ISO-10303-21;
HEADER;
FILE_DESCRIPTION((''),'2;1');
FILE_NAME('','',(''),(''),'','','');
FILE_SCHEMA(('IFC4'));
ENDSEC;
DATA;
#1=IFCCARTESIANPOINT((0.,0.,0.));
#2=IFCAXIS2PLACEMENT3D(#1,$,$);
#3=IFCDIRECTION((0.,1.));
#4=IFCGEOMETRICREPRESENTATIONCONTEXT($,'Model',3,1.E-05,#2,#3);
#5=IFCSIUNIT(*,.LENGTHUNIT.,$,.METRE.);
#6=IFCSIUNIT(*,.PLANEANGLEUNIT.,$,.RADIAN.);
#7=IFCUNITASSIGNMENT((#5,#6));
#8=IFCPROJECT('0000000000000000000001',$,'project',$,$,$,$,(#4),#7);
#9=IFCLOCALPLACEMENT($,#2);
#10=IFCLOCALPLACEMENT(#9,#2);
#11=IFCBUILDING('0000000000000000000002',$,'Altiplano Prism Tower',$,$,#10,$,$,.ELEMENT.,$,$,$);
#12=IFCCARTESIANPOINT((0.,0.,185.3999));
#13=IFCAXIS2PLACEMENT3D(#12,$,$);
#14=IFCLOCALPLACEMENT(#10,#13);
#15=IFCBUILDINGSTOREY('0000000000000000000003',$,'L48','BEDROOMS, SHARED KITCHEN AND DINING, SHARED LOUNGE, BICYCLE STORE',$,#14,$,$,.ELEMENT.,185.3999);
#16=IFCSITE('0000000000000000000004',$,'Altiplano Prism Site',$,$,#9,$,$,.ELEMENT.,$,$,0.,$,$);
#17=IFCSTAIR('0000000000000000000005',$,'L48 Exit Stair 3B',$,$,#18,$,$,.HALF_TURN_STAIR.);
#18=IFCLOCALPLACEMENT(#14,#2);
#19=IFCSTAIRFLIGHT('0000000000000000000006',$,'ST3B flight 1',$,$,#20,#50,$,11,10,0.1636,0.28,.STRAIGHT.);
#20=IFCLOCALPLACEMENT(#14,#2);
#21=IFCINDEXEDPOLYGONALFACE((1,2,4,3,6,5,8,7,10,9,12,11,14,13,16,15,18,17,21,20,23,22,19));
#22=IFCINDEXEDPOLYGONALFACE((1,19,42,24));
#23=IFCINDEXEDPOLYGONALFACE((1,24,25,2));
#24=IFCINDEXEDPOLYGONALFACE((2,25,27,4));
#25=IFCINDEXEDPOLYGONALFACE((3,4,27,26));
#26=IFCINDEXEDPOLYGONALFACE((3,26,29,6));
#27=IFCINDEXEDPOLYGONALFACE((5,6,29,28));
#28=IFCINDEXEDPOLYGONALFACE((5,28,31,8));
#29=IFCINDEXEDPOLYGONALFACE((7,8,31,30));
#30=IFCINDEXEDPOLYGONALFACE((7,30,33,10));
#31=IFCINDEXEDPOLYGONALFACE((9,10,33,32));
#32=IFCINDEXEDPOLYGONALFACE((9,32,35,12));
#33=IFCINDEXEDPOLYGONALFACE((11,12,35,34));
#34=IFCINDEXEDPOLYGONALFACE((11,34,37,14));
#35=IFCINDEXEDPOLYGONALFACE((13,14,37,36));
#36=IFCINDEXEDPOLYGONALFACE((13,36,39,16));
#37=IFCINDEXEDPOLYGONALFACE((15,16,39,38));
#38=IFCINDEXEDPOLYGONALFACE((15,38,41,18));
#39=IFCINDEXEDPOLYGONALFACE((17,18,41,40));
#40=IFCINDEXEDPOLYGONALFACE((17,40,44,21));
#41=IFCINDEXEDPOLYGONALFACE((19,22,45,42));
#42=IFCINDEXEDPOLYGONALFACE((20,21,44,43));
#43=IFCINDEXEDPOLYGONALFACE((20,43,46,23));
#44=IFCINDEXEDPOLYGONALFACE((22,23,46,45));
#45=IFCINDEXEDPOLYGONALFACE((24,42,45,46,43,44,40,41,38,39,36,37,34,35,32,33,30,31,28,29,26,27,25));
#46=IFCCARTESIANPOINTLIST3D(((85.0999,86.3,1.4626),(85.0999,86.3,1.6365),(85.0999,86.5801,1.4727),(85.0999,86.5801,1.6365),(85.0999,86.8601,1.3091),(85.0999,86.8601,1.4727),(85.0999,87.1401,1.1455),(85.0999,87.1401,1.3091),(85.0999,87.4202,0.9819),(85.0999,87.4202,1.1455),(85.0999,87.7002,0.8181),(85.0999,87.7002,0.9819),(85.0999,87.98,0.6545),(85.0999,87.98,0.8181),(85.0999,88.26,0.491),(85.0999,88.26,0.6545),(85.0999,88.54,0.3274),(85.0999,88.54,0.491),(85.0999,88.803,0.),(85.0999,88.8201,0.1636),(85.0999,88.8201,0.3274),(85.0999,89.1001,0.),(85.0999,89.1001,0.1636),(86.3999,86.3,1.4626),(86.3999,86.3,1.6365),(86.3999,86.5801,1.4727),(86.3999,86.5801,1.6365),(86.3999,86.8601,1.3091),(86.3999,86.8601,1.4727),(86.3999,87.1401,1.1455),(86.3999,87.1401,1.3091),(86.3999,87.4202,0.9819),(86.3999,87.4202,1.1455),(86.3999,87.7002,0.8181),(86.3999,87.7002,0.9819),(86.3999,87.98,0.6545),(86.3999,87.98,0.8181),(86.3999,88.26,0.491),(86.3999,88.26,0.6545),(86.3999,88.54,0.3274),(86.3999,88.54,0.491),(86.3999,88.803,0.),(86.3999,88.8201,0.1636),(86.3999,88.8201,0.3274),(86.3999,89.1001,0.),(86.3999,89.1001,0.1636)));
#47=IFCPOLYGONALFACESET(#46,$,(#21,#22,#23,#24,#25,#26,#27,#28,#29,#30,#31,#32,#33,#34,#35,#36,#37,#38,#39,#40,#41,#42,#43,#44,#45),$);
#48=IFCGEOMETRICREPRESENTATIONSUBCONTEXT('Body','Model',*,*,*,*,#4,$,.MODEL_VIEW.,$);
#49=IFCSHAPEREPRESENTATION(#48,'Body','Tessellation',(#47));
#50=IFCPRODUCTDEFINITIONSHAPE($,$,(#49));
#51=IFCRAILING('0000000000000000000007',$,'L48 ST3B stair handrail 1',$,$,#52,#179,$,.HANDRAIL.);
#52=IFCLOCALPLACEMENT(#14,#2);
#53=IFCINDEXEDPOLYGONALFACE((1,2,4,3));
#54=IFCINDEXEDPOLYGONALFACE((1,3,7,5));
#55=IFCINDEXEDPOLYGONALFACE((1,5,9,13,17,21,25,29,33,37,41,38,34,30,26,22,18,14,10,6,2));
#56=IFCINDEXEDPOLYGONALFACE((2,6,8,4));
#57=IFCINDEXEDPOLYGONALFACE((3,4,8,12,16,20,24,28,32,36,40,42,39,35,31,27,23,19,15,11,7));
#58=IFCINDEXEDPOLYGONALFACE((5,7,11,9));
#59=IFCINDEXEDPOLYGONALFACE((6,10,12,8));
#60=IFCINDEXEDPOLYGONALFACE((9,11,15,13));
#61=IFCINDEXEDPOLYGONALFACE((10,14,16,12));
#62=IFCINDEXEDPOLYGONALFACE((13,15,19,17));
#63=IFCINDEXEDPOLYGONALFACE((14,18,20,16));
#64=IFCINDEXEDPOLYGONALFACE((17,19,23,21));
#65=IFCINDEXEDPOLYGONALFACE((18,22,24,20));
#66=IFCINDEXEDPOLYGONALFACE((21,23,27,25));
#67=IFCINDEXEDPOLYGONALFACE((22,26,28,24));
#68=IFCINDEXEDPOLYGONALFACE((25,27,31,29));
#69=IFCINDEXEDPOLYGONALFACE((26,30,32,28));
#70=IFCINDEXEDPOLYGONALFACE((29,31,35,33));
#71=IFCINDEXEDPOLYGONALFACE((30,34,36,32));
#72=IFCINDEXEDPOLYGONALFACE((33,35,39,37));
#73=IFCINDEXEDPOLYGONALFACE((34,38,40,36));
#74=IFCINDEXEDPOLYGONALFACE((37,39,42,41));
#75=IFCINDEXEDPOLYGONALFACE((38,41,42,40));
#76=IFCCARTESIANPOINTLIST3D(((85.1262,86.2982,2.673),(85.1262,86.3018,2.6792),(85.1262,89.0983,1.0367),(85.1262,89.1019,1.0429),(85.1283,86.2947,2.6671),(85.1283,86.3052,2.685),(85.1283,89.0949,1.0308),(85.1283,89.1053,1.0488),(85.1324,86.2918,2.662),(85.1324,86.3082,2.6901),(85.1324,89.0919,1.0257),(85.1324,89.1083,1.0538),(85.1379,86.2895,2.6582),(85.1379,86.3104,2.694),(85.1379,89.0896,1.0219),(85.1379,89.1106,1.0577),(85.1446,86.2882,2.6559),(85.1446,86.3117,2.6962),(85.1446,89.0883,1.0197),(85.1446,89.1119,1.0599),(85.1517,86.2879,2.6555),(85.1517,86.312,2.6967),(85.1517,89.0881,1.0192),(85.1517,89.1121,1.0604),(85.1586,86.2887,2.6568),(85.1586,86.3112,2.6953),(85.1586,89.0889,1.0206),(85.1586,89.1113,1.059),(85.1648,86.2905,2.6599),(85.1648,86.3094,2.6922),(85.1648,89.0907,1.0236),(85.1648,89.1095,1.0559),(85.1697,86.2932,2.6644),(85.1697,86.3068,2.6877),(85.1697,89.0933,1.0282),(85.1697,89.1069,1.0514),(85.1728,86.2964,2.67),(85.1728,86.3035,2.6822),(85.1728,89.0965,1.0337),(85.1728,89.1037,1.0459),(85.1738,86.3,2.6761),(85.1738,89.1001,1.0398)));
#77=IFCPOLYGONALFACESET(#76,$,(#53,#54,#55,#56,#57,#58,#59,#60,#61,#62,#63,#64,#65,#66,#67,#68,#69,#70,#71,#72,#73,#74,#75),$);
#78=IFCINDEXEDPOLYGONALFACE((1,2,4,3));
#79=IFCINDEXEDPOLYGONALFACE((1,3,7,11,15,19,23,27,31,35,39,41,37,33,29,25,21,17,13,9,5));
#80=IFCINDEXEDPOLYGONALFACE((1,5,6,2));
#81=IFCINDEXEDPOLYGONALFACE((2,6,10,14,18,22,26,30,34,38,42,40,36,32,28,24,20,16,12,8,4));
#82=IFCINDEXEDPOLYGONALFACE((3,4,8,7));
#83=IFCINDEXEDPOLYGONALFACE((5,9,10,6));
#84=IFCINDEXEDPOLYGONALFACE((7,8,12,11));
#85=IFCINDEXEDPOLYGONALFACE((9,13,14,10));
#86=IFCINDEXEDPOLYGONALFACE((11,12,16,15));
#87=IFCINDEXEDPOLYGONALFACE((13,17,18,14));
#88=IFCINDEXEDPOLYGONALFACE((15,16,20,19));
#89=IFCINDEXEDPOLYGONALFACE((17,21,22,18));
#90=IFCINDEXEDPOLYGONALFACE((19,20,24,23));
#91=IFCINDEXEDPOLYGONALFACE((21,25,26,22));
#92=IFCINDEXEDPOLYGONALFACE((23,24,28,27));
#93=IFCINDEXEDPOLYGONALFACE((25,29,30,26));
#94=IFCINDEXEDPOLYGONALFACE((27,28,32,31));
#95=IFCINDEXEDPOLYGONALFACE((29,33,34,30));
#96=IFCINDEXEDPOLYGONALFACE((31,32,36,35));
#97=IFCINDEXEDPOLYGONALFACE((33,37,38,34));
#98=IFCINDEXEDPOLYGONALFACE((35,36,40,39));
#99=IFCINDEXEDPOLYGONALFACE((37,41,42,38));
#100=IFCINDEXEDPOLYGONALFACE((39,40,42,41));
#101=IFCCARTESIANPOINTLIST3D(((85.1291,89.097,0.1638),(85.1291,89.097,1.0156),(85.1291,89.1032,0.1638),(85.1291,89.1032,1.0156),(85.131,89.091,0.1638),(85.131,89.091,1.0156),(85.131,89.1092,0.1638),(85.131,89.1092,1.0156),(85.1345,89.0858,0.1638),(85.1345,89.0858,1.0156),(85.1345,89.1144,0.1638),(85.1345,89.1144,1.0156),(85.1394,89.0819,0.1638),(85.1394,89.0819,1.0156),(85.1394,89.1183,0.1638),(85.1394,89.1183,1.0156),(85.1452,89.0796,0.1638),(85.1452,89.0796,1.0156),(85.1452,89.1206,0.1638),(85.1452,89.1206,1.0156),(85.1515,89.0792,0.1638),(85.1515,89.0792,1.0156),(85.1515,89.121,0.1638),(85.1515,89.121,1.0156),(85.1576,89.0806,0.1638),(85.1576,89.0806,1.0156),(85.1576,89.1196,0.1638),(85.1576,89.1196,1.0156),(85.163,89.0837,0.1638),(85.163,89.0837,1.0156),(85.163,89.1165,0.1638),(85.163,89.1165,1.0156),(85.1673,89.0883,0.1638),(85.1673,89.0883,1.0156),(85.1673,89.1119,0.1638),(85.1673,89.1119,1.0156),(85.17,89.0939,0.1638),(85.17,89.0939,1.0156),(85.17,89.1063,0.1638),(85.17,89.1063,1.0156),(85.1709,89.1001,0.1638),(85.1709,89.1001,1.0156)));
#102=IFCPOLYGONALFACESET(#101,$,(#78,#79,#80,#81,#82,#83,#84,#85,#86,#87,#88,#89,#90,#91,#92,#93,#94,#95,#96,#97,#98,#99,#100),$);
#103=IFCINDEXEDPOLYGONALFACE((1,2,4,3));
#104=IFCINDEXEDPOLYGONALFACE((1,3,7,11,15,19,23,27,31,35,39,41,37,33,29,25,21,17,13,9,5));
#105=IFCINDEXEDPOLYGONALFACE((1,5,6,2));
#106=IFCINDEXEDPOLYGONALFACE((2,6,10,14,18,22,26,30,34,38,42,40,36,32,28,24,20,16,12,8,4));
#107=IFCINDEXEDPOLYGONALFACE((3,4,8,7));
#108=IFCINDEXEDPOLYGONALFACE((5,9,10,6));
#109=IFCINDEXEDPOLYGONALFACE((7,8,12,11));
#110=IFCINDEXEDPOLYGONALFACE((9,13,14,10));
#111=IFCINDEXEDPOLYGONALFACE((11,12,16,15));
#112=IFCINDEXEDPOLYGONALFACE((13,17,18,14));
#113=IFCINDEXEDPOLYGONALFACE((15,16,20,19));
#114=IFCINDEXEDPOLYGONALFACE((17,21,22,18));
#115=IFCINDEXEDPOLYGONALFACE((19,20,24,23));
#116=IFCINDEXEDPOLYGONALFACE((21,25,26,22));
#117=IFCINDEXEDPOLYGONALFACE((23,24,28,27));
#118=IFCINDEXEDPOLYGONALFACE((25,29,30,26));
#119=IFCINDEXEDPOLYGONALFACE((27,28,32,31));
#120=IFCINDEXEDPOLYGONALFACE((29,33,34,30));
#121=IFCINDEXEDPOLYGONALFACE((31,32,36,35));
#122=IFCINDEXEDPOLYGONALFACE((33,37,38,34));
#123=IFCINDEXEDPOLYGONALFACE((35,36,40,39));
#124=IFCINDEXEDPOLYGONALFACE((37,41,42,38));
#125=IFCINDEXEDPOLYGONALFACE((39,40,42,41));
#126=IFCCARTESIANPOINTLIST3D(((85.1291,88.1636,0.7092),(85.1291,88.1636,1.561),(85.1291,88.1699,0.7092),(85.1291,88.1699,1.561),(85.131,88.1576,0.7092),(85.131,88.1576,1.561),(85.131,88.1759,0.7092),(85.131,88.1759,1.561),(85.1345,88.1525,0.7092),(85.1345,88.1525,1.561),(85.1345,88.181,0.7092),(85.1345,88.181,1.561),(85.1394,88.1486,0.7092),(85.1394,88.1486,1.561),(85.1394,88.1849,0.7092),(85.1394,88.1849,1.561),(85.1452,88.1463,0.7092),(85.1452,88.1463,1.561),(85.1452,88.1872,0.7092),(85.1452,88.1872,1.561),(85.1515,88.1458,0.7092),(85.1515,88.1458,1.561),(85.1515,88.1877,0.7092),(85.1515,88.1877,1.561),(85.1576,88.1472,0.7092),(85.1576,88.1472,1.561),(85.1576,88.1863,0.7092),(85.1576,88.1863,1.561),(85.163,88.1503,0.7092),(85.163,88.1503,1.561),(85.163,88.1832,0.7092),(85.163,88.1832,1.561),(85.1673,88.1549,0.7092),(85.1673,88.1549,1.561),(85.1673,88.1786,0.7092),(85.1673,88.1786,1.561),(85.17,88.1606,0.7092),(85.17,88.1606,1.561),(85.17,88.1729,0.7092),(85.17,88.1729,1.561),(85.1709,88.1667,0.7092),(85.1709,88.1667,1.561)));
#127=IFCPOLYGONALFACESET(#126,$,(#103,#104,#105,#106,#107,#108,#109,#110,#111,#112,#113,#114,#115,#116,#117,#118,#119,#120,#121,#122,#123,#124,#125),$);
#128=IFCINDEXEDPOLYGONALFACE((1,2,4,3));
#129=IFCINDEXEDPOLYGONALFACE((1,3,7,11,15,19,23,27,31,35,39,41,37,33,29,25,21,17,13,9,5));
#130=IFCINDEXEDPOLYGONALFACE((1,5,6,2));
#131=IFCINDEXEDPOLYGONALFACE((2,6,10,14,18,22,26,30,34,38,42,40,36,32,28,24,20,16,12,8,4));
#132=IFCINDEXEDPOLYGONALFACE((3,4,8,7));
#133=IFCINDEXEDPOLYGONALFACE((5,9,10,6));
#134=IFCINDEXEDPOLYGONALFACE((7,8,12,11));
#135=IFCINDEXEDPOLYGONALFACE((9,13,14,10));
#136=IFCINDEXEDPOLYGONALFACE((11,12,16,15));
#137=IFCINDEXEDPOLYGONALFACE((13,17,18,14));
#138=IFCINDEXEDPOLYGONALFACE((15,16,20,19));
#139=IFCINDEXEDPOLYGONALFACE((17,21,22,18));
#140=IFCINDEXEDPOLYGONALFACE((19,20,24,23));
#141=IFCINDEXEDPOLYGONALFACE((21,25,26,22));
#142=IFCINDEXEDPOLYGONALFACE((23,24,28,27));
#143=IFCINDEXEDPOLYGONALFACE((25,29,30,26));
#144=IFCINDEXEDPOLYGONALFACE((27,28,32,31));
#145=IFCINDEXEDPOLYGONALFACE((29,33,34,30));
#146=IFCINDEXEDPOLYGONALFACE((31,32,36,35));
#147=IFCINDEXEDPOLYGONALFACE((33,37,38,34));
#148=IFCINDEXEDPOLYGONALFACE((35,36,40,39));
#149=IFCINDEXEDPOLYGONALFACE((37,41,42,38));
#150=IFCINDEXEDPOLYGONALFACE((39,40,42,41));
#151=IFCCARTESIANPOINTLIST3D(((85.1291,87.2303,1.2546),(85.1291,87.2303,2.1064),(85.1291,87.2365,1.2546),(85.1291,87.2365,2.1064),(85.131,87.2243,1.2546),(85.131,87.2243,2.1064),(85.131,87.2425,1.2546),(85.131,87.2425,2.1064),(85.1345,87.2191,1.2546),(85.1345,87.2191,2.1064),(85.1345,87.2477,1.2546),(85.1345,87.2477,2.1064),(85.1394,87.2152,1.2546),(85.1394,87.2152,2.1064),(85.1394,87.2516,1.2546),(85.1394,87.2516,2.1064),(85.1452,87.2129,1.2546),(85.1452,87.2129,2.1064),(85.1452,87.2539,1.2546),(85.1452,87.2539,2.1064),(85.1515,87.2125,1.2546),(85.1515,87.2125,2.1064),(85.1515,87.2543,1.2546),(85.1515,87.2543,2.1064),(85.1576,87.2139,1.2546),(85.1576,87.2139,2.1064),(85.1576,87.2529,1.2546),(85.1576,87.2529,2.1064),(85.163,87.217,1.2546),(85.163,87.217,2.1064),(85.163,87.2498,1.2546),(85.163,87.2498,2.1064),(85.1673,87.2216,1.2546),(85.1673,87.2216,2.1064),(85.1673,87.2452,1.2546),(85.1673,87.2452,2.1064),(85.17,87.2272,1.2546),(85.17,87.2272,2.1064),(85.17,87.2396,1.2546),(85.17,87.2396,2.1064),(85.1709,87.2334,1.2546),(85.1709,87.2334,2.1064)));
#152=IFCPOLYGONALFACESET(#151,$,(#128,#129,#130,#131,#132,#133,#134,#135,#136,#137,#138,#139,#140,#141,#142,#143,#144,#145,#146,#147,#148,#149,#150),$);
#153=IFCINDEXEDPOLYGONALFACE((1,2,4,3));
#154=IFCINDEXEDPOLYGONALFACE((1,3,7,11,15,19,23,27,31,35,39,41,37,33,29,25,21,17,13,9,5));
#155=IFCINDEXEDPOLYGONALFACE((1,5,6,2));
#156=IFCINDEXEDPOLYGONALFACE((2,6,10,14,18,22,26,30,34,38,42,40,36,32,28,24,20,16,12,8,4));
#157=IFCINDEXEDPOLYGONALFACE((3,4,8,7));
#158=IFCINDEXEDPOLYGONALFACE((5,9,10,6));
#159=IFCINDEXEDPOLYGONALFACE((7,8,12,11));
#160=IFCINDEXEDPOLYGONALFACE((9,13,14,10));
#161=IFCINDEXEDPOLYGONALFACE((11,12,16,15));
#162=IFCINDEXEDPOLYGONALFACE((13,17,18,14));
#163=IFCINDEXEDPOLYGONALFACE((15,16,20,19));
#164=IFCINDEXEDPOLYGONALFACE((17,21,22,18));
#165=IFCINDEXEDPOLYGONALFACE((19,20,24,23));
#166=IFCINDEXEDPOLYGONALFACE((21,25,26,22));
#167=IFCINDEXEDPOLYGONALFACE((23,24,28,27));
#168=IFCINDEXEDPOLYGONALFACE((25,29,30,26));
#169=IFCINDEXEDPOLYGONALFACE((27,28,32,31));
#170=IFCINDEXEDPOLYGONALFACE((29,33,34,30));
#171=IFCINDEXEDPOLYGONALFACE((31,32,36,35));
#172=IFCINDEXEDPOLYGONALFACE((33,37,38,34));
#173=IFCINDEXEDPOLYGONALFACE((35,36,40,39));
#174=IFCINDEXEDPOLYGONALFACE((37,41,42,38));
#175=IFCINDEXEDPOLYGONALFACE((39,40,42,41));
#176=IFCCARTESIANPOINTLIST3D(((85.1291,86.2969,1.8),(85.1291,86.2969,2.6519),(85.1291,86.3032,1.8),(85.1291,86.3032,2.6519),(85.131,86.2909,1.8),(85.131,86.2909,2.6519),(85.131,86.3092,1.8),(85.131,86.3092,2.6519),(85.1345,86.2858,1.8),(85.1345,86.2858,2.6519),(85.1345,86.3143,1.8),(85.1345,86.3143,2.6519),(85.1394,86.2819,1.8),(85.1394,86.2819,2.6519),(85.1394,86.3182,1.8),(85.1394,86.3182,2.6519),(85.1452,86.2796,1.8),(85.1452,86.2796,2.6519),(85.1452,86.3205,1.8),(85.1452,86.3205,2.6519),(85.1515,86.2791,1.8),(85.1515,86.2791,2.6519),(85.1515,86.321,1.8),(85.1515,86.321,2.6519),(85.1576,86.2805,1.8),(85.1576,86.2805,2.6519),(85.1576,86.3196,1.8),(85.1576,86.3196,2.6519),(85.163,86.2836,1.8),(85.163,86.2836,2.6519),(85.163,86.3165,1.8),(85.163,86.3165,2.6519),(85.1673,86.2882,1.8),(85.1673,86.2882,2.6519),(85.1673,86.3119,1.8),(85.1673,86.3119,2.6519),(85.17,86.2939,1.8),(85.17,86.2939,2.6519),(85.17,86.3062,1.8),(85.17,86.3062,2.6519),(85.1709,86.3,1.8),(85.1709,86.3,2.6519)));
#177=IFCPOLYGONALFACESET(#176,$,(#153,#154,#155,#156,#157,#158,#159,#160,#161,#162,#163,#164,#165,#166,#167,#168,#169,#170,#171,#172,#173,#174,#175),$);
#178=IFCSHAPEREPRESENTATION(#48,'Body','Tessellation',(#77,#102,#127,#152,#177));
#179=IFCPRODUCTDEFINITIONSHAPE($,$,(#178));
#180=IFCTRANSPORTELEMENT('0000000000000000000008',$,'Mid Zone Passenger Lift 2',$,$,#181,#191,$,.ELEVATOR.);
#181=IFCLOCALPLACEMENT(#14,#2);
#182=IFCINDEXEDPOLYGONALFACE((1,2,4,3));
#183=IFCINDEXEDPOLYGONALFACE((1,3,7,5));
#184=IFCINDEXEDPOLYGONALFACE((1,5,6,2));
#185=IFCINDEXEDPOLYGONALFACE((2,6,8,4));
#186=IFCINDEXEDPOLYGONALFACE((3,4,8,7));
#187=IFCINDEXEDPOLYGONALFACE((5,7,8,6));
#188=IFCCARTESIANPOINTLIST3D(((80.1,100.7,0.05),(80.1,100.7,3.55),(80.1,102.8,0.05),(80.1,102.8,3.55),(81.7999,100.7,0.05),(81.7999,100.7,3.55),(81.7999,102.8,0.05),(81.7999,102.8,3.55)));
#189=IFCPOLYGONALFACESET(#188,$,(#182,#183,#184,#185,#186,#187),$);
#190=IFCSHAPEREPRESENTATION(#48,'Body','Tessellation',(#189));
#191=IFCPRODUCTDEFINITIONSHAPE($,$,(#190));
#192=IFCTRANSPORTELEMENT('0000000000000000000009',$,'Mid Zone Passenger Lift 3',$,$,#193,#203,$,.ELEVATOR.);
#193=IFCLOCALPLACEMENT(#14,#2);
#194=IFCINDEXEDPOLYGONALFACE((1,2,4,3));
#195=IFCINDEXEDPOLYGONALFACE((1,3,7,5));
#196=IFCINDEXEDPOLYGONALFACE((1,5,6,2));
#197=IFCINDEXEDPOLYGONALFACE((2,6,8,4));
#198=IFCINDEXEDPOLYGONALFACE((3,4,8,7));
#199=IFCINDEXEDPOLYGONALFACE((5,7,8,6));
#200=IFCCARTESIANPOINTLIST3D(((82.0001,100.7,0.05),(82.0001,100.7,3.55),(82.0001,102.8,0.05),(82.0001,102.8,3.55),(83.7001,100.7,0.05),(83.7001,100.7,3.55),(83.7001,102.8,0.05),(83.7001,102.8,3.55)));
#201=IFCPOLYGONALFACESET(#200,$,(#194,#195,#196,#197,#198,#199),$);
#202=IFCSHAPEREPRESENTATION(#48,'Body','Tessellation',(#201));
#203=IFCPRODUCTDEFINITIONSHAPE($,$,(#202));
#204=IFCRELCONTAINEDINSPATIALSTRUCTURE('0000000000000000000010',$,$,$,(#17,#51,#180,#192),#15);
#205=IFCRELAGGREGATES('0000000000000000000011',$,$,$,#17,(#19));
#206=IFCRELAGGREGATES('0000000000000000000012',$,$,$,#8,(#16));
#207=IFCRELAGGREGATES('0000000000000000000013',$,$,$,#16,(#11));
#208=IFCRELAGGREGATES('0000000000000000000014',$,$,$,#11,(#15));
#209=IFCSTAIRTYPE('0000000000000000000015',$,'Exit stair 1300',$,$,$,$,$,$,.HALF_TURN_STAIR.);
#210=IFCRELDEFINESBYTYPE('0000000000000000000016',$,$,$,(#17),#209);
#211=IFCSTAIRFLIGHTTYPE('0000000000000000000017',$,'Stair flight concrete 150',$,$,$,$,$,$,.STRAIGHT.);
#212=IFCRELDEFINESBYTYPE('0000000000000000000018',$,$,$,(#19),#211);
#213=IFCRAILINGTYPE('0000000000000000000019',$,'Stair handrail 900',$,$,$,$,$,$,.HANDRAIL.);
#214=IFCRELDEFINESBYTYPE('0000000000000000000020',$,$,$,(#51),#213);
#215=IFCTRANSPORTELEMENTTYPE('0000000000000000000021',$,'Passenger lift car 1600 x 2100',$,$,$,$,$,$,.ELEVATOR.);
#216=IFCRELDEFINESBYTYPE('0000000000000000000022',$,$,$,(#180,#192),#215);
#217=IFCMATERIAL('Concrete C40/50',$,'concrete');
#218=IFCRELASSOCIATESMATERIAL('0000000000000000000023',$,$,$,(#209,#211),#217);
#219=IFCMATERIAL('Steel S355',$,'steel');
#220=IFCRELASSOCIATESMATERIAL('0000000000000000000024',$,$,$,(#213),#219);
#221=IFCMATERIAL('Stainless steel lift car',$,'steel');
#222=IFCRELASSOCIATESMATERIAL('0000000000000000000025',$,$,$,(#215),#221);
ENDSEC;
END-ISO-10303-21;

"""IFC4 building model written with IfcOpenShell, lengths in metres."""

from ifc_helpers import new_model, si_unit, direction, frame, origin, origin_2d, place, context, subcontext, project, spatial, polyline, rectangle, circle, outline, extrude, material, type_object, element, aggregate, save


model = new_model("IFC4")

# Units and contexts
model_context = context("Model", 3, precision=1e-05, world=origin(), true_north=direction((0.0, 1.0)))
body_context = subcontext(model_context, "Body", "Model", "MODEL_VIEW")
ifc_project = project(units=[si_unit("LENGTHUNIT", "METRE"), si_unit("PLANEANGLEUNIT", "RADIAN")], contexts=[model_context])

# Site, building, storey
site_placement = place(None, origin())
site = spatial("IfcSite", under=ifc_project, at=site_placement, Name="Altiplano Prism Site", CompositionType="ELEMENT", RefElevation=0.0)
building_placement = place(site_placement, origin())
building = spatial("IfcBuilding", under=site, at=building_placement, Name="Altiplano Prism Tower", CompositionType="ELEMENT")
storey_placement = place(building_placement, frame((0.0, 0.0, 185.3999)))
storey = spatial("IfcBuildingStorey", under=building, at=storey_placement, Name="L48", Description="BEDROOMS, SHARED KITCHEN AND DINING, SHARED LOUNGE, BICYCLE STORE", CompositionType="ELEMENT", Elevation=185.3999)

# Stair, stair flight
ifc_material_1 = material(Name="Concrete C40/50", Category="concrete")
stair_type = type_object("IfcStairType", Name="Exit stair 1300", PredefinedType="HALF_TURN_STAIR", material=ifc_material_1)
stair_flight_type = type_object("IfcStairFlightType", Name="Stair flight concrete 150", PredefinedType="STRAIGHT", material=ifc_material_1)
stair_1_placement = place(storey_placement, origin())
stair_1 = element("IfcStair", 1, at=stair_1_placement, inside=storey, type_object=stair_type, Name="L48 Exit Stair 3B", PredefinedType="HALF_TURN_STAIR")
stair_flight_1_placement = place(storey_placement, frame((85.75, 89.1001, 0.0), z_axis=(0.0, 0.0, 1.0), x_axis=(0.0, -1.0, 0.0)))
stair_flight_1 = element("IfcStairFlight", 2, at=stair_flight_1_placement, type_object=stair_flight_type, Name="ST3B flight 1", NumberOfRisers=11, NumberOfTreads=10, PredefinedType="STRAIGHT", RiserHeight=0.1636, TreadLength=0.28, context=body_context, shape_type="SweptSolid", body=[
    extrude(outline(polyline([(0.0, 0.0), (0.0, 0.1636), (0.28, 0.1636), (0.28, 0.3274), (0.5601, 0.3274), (0.5601, 0.491), (0.8401, 0.491), (0.8401, 0.6545), (1.1201, 0.6545), (1.1201, 0.8181), (1.3999, 0.8181), (1.3999, 0.9819), (1.6799, 0.9819), (1.6799, 1.1455), (1.96, 1.1455), (1.96, 1.3091), (2.24, 1.3091), (2.24, 1.4727), (2.52, 1.4727), (2.52, 1.6365), (2.8, 1.6365), (2.8, 1.8), (2.8, 1.4626), (0.2971, 0.0), (0.0, 0.0)])), frame((0.0, 0.6499, 0.0), z_axis=(0.0, -1.0, 0.0), x_axis=(1.0, 0.0, 0.0)), (0.0, 0.0, 1.0), 1.3),
])
aggregate(stair_1, [stair_flight_1])

# Railing
ifc_material_2 = material(Name="Steel S355", Category="steel")
railing_type_1 = type_object("IfcRailingType", Name="Stair handrail 900", PredefinedType="HANDRAIL", material=ifc_material_2)
railing_1_placement = place(storey_placement, frame((85.1499, 89.1001, 0.1638)))
element("IfcRailing", 3, at=railing_1_placement, inside=storey, type_object=railing_type_1, Name="L48 ST3B stair handrail 1", PredefinedType="HANDRAIL", context=body_context, shape_type="SweptSolid", body=[
    extrude(circle(Radius=0.0239, at=origin_2d()), frame((0.0, 0.0, 0.876), z_axis=(0.0, -0.863394, 0.504531), x_axis=(1.0, 0.0, 0.0)), (0.0, 0.0, 1.0), 3.2432),
    extrude(circle(Radius=0.021, at=origin_2d()), origin(), (0.0, 0.0, 1.0), 0.8518),
    extrude(circle(Radius=0.021, at=origin_2d()), frame((0.0, -0.9333, 0.5454)), (0.0, 0.0, 1.0), 0.8518),
    extrude(circle(Radius=0.021, at=origin_2d()), frame((0.0, -1.8667, 1.0908)), (0.0, 0.0, 1.0), 0.8518),
    extrude(circle(Radius=0.021, at=origin_2d()), frame((0.0, -2.8, 1.6362)), (0.0, 0.0, 1.0), 0.8518),
])

# Transport elements
ifc_material_3 = material(Name="Stainless steel lift car", Category="steel")
transport_element_type = type_object("IfcTransportElementType", Name="Passenger lift car 1600 x 2100", PredefinedType="ELEVATOR", material=ifc_material_3)
for number, where, z_axis, x_axis, name in (
    (4, (80.95, 101.75, 0.05), (0.0, 0.0, 1.0), (1.0, 0.0, 0.0), "Mid Zone Passenger Lift 2"),
    (5, (82.8501, 101.75, 0.05), (0.0, 0.0, 1.0), (1.0, 0.0, 0.0), "Mid Zone Passenger Lift 3"),
):
    element("IfcTransportElement", number, at=place(storey_placement, frame(where, z_axis=z_axis, x_axis=x_axis)), inside=storey, type_object=transport_element_type, Name=name, PredefinedType="ELEVATOR", context=body_context, shape_type="SweptSolid", body=[
        extrude(rectangle(XDim=1.7, YDim=2.1001, at=origin_2d()), origin(), (0.0, 0.0, 1.0), 3.5),
    ])

save(model, "model.ifc")
